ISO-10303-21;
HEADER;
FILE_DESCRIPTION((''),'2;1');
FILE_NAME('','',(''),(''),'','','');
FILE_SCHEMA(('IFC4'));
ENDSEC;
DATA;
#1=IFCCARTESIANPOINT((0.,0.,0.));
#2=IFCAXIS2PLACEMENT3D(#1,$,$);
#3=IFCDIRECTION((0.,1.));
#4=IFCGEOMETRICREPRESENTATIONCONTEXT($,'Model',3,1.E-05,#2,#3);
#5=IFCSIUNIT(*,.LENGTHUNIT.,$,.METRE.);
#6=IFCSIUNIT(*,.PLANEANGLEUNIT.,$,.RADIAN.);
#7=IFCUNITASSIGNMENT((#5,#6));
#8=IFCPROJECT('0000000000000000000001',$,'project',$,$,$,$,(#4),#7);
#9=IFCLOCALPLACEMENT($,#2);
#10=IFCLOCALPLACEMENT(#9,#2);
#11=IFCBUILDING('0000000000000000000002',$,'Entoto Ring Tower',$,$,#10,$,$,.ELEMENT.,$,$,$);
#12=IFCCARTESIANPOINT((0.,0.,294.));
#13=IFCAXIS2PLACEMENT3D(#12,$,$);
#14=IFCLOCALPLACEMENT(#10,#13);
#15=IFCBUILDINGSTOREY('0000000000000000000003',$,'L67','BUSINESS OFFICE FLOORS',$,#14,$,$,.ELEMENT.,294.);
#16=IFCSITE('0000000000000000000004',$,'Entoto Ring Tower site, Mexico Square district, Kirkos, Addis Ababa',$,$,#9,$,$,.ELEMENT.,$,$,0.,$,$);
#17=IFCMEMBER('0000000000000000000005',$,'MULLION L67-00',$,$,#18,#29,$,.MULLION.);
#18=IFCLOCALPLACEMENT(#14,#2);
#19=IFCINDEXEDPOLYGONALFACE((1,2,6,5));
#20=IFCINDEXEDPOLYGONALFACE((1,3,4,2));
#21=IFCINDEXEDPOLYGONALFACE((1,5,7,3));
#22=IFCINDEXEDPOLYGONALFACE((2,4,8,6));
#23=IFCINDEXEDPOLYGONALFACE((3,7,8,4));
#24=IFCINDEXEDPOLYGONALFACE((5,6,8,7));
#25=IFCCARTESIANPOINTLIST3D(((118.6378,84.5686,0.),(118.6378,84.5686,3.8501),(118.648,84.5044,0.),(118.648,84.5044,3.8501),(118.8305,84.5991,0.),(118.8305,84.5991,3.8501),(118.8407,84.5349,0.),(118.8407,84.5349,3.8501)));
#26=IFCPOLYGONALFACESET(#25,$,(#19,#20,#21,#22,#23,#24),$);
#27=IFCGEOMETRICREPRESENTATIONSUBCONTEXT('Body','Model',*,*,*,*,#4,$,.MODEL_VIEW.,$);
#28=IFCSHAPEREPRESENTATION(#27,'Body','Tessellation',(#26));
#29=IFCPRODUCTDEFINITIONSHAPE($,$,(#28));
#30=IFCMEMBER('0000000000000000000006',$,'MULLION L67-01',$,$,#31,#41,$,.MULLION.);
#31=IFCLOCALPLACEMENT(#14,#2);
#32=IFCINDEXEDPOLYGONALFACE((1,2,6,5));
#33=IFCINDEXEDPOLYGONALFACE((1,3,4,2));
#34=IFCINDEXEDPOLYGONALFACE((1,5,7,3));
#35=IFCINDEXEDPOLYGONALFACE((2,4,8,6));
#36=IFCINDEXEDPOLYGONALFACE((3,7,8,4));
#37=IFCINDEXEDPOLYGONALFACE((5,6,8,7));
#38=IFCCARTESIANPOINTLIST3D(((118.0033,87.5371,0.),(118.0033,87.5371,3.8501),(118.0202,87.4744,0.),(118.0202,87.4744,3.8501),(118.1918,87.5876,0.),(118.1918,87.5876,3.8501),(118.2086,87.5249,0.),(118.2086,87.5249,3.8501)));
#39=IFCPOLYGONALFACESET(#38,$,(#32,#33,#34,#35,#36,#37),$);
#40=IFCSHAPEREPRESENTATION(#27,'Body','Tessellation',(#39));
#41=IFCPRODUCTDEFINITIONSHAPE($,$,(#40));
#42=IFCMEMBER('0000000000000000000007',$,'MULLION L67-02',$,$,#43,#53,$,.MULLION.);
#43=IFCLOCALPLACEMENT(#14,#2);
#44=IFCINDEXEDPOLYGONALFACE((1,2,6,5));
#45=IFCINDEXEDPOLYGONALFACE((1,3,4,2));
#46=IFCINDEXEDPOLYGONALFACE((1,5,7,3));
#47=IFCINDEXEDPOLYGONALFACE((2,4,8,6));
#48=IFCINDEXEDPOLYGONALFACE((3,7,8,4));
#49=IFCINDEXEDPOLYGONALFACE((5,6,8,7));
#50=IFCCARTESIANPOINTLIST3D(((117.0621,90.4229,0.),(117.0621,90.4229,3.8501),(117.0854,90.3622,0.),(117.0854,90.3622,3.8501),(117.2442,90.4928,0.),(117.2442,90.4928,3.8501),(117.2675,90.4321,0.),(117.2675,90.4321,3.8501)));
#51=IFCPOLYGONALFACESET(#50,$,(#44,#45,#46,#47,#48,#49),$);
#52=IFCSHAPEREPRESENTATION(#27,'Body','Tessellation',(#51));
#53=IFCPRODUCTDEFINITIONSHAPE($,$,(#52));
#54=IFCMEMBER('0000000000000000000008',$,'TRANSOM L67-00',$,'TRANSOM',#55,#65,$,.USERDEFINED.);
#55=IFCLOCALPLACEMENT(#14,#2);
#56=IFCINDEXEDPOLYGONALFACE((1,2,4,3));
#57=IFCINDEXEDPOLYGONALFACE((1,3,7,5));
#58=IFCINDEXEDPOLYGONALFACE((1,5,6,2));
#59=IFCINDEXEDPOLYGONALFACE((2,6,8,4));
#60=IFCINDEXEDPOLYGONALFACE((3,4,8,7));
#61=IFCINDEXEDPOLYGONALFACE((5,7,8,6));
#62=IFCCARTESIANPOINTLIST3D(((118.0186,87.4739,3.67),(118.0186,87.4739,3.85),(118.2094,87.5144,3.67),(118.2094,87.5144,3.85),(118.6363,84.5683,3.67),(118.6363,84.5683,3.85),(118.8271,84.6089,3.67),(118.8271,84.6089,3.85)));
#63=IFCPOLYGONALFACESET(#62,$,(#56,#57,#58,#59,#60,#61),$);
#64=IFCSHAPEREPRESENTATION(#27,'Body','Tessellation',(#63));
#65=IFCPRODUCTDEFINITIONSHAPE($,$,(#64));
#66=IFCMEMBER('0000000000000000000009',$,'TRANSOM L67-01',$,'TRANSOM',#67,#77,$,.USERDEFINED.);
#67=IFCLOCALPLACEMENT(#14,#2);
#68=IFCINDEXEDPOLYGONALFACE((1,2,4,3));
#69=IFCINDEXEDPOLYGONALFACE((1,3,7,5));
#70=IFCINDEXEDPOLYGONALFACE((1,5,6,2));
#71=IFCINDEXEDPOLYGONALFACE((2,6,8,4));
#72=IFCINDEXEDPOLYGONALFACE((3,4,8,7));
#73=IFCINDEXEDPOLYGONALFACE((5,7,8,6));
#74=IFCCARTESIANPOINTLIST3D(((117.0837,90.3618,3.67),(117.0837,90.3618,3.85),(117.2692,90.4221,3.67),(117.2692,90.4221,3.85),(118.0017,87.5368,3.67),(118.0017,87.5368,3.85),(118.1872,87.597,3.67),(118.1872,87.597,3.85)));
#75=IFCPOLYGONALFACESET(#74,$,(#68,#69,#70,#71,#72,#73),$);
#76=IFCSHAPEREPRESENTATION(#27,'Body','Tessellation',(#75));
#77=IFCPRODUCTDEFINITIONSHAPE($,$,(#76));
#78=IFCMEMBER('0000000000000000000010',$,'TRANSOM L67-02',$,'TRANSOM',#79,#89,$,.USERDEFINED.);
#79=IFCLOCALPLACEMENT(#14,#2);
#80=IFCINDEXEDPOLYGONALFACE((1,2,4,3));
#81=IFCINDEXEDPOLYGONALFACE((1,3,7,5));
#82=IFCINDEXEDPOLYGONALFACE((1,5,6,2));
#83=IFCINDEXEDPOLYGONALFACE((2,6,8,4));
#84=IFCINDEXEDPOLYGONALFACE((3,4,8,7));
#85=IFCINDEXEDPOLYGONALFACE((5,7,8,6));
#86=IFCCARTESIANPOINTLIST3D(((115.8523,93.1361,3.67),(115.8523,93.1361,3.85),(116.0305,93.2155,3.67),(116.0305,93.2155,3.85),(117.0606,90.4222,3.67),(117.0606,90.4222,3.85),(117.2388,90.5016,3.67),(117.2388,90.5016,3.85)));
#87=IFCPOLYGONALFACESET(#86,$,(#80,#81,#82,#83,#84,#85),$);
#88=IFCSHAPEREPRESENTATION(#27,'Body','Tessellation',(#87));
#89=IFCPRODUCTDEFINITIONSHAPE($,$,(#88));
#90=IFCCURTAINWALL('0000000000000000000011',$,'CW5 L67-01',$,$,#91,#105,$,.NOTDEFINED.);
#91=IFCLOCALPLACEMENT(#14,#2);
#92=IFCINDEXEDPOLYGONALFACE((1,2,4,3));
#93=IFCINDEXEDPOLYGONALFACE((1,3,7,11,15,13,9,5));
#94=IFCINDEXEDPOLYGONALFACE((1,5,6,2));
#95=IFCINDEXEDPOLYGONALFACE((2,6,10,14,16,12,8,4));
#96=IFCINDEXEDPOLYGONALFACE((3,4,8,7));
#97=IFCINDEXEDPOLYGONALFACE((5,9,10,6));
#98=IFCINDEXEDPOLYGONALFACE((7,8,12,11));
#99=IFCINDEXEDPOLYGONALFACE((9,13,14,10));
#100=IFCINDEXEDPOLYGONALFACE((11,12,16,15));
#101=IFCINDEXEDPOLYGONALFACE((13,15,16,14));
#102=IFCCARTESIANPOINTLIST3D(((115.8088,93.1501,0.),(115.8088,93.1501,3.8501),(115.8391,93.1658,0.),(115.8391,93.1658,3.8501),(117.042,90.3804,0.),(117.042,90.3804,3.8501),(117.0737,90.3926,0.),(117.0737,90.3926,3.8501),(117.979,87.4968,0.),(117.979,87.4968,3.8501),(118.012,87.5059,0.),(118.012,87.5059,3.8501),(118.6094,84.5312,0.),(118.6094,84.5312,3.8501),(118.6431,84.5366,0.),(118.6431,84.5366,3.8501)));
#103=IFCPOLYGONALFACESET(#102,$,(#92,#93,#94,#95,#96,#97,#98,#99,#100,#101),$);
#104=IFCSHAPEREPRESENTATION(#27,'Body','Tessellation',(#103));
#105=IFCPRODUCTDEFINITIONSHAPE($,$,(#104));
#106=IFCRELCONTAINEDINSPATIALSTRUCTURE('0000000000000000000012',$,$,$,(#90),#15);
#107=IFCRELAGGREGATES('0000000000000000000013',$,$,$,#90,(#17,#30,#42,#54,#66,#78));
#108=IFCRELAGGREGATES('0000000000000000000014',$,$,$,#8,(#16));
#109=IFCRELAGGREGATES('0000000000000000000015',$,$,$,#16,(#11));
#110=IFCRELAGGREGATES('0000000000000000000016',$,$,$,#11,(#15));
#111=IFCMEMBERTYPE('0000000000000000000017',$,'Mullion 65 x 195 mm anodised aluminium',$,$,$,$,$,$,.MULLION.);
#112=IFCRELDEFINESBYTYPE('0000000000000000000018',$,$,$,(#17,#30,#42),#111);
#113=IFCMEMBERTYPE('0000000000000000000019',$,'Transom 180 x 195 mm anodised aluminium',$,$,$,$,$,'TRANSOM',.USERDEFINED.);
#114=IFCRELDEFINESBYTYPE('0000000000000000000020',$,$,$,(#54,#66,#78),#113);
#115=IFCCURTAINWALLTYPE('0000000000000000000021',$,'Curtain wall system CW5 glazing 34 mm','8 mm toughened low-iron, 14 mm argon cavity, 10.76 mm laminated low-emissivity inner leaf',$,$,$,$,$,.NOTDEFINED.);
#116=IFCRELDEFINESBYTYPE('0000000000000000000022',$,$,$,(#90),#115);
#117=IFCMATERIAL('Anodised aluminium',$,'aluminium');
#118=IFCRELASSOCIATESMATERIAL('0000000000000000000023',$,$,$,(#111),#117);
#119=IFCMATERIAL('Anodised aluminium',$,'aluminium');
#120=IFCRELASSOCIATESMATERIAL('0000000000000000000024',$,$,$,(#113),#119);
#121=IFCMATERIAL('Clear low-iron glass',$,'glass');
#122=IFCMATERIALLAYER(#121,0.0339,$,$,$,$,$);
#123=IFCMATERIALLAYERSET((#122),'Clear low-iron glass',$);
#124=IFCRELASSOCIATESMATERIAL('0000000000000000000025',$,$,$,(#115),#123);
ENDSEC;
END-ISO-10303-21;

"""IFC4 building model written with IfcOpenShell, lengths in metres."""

from ifc_helpers import new_model, si_unit, direction, frame, origin, origin_2d, place, context, subcontext, project, spatial, polyline, rectangle, outline, extrude, material, layer, layer_set, material_profile, profile_set, type_object, element, aggregate, save


model = new_model("IFC4")

# Units and contexts
model_context = context("Model", 3, precision=1e-05, world=origin(), true_north=direction((0.0, 1.0)))
body_context = subcontext(model_context, "Body", "Model", "MODEL_VIEW")
ifc_project = project(units=[si_unit("LENGTHUNIT", "METRE"), si_unit("PLANEANGLEUNIT", "RADIAN")], contexts=[model_context])

# Members
ifc_material_1 = material(Name="Anodised aluminium", Category="aluminium")
ifc_material_profile_1 = material_profile(ifc_material_1, rectangle(XDim=0.0649, YDim=0.1951, at=origin_2d()), Name="Mullion 65 x 195 mm anodised aluminium")
ifc_profile_set_1 = profile_set([ifc_material_profile_1], Name="Anodised aluminium")
member_type_1 = type_object("IfcMemberType", Name="Mullion 65 x 195 mm anodised aluminium", PredefinedType="MULLION", material=ifc_profile_set_1)
site_placement = place(None, origin())
building_placement = place(site_placement, origin())
storey_placement = place(building_placement, frame((0.0, 0.0, 294.0)))
member_1_placement = place(storey_placement, frame((118.7393, 84.5518, 0.0), z_axis=(0.0, 0.0, 1.0), x_axis=(-0.156434, 0.987688, 0.0)))
member_1 = element("IfcMember", 1, at=member_1_placement, type_object=member_type_1, Name="MULLION L67-00", PredefinedType="MULLION", context=body_context, shape_type="SweptSolid", body=[
    extrude(rectangle(XDim=0.0649, YDim=0.1951, at=origin_2d()), origin(), (0.0, 0.0, 1.0), 3.8501),
])
member_2_placement = place(storey_placement, frame((118.106, 87.531, 0.0), z_axis=(0.0, 0.0, 1.0), x_axis=(-0.258819, 0.965926, 0.0)))
member_2 = element("IfcMember", 2, at=member_2_placement, type_object=member_type_1, Name="MULLION L67-01", PredefinedType="MULLION", context=body_context, shape_type="SweptSolid", body=[
    extrude(rectangle(XDim=0.0649, YDim=0.1951, at=origin_2d()), origin(), (0.0, 0.0, 1.0), 3.8501),
])
member_3_placement = place(storey_placement, frame((117.1648, 90.4275, 0.0), z_axis=(0.0, 0.0, 1.0), x_axis=(-0.358368, 0.93358, 0.0)))
member_3 = element("IfcMember", 3, at=member_3_placement, type_object=member_type_1, Name="MULLION L67-02", PredefinedType="MULLION", context=body_context, shape_type="SweptSolid", body=[
    extrude(rectangle(XDim=0.0649, YDim=0.1951, at=origin_2d()), origin(), (0.0, 0.0, 1.0), 3.8501),
])
ifc_material_2 = material(Name="Anodised aluminium", Category="aluminium")
ifc_material_profile_2 = material_profile(ifc_material_2, rectangle(XDim=0.1951, YDim=0.1799, at=origin_2d()), Name="Transom 180 x 195 mm anodised aluminium")
ifc_profile_set_2 = profile_set([ifc_material_profile_2], Name="Anodised aluminium")
member_type_2 = type_object("IfcMemberType", Name="Transom 180 x 195 mm anodised aluminium", ElementType="TRANSOM", PredefinedType="USERDEFINED", material=ifc_profile_set_2)
member_4_placement = place(storey_placement, frame((118.7317, 84.5886, 3.76), z_axis=(-0.20794, 0.978142, 0.0), x_axis=(-0.978142, -0.20794, 0.0)))
member_4 = element("IfcMember", 4, at=member_4_placement, type_object=member_type_2, Name="TRANSOM L67-00", ObjectType="TRANSOM", PredefinedType="USERDEFINED", context=body_context, shape_type="SweptSolid", body=[
    extrude(rectangle(XDim=0.1951, YDim=0.1799, at=origin_2d()), origin(), (0.0, 0.0, 1.0), 2.9705),
])
member_5_placement = place(storey_placement, frame((118.0945, 87.5669, 3.76), z_axis=(-0.309043, 0.951048, 0.0), x_axis=(-0.951048, -0.309043, 0.0)))
member_5 = element("IfcMember", 5, at=member_5_placement, type_object=member_type_2, Name="TRANSOM L67-01", ObjectType="TRANSOM", PredefinedType="USERDEFINED", context=body_context, shape_type="SweptSolid", body=[
    extrude(rectangle(XDim=0.1951, YDim=0.1799, at=origin_2d()), origin(), (0.0, 0.0, 1.0), 2.9705),
])
member_6_placement = place(storey_placement, frame((117.1497, 90.4619, 3.76), z_axis=(-0.406726, 0.91355, 0.0), x_axis=(-0.91355, -0.406726, 0.0)))
member_6 = element("IfcMember", 6, at=member_6_placement, type_object=member_type_2, Name="TRANSOM L67-02", ObjectType="TRANSOM", PredefinedType="USERDEFINED", context=body_context, shape_type="SweptSolid", body=[
    extrude(rectangle(XDim=0.1951, YDim=0.1799, at=origin_2d()), origin(), (0.0, 0.0, 1.0), 2.9707),
])

# Site, building, storey
site = spatial("IfcSite", under=ifc_project, at=site_placement, Name="Entoto Ring Tower site, Mexico Square district, Kirkos, Addis Ababa", CompositionType="ELEMENT", RefElevation=0.0)
building = spatial("IfcBuilding", under=site, at=building_placement, Name="Entoto Ring Tower", CompositionType="ELEMENT")
storey = spatial("IfcBuildingStorey", under=building, at=storey_placement, Name="L67", Description="BUSINESS OFFICE FLOORS", CompositionType="ELEMENT", Elevation=294.0)

# Curtain wall
ifc_material_3 = material(Name="Clear low-iron glass", Category="glass")
ifc_layer_1 = layer(ifc_material_3, 0.0339)
ifc_layer_set_1 = layer_set([ifc_layer_1], Name="Clear low-iron glass")
curtain_wall_type = type_object("IfcCurtainWallType", Name="Curtain wall system CW5 glazing 34 mm", Description="8 mm toughened low-iron, 14 mm argon cavity, 10.76 mm laminated low-emissivity inner leaf", PredefinedType="NOTDEFINED", material=ifc_layer_set_1)
curtain_wall_1_placement = place(storey_placement, origin())
curtain_wall_1 = element("IfcCurtainWall", 7, at=curtain_wall_1_placement, inside=storey, type_object=curtain_wall_type, Name="CW5 L67-01", PredefinedType="NOTDEFINED", context=body_context, shape_type="SweptSolid", body=[
    extrude(outline(polyline([(118.6431, 84.5366), (118.012, 87.5059), (117.0737, 90.3926), (115.8391, 93.1658), (115.8088, 93.1501), (117.042, 90.3804), (117.979, 87.4968), (118.6094, 84.5312), (118.6431, 84.5366)])), origin(), (0.0, 0.0, 1.0), 3.8501),
])
aggregate(curtain_wall_1, [member_1, member_2, member_3, member_4, member_5, member_6])

save(model, "model.ifc")
